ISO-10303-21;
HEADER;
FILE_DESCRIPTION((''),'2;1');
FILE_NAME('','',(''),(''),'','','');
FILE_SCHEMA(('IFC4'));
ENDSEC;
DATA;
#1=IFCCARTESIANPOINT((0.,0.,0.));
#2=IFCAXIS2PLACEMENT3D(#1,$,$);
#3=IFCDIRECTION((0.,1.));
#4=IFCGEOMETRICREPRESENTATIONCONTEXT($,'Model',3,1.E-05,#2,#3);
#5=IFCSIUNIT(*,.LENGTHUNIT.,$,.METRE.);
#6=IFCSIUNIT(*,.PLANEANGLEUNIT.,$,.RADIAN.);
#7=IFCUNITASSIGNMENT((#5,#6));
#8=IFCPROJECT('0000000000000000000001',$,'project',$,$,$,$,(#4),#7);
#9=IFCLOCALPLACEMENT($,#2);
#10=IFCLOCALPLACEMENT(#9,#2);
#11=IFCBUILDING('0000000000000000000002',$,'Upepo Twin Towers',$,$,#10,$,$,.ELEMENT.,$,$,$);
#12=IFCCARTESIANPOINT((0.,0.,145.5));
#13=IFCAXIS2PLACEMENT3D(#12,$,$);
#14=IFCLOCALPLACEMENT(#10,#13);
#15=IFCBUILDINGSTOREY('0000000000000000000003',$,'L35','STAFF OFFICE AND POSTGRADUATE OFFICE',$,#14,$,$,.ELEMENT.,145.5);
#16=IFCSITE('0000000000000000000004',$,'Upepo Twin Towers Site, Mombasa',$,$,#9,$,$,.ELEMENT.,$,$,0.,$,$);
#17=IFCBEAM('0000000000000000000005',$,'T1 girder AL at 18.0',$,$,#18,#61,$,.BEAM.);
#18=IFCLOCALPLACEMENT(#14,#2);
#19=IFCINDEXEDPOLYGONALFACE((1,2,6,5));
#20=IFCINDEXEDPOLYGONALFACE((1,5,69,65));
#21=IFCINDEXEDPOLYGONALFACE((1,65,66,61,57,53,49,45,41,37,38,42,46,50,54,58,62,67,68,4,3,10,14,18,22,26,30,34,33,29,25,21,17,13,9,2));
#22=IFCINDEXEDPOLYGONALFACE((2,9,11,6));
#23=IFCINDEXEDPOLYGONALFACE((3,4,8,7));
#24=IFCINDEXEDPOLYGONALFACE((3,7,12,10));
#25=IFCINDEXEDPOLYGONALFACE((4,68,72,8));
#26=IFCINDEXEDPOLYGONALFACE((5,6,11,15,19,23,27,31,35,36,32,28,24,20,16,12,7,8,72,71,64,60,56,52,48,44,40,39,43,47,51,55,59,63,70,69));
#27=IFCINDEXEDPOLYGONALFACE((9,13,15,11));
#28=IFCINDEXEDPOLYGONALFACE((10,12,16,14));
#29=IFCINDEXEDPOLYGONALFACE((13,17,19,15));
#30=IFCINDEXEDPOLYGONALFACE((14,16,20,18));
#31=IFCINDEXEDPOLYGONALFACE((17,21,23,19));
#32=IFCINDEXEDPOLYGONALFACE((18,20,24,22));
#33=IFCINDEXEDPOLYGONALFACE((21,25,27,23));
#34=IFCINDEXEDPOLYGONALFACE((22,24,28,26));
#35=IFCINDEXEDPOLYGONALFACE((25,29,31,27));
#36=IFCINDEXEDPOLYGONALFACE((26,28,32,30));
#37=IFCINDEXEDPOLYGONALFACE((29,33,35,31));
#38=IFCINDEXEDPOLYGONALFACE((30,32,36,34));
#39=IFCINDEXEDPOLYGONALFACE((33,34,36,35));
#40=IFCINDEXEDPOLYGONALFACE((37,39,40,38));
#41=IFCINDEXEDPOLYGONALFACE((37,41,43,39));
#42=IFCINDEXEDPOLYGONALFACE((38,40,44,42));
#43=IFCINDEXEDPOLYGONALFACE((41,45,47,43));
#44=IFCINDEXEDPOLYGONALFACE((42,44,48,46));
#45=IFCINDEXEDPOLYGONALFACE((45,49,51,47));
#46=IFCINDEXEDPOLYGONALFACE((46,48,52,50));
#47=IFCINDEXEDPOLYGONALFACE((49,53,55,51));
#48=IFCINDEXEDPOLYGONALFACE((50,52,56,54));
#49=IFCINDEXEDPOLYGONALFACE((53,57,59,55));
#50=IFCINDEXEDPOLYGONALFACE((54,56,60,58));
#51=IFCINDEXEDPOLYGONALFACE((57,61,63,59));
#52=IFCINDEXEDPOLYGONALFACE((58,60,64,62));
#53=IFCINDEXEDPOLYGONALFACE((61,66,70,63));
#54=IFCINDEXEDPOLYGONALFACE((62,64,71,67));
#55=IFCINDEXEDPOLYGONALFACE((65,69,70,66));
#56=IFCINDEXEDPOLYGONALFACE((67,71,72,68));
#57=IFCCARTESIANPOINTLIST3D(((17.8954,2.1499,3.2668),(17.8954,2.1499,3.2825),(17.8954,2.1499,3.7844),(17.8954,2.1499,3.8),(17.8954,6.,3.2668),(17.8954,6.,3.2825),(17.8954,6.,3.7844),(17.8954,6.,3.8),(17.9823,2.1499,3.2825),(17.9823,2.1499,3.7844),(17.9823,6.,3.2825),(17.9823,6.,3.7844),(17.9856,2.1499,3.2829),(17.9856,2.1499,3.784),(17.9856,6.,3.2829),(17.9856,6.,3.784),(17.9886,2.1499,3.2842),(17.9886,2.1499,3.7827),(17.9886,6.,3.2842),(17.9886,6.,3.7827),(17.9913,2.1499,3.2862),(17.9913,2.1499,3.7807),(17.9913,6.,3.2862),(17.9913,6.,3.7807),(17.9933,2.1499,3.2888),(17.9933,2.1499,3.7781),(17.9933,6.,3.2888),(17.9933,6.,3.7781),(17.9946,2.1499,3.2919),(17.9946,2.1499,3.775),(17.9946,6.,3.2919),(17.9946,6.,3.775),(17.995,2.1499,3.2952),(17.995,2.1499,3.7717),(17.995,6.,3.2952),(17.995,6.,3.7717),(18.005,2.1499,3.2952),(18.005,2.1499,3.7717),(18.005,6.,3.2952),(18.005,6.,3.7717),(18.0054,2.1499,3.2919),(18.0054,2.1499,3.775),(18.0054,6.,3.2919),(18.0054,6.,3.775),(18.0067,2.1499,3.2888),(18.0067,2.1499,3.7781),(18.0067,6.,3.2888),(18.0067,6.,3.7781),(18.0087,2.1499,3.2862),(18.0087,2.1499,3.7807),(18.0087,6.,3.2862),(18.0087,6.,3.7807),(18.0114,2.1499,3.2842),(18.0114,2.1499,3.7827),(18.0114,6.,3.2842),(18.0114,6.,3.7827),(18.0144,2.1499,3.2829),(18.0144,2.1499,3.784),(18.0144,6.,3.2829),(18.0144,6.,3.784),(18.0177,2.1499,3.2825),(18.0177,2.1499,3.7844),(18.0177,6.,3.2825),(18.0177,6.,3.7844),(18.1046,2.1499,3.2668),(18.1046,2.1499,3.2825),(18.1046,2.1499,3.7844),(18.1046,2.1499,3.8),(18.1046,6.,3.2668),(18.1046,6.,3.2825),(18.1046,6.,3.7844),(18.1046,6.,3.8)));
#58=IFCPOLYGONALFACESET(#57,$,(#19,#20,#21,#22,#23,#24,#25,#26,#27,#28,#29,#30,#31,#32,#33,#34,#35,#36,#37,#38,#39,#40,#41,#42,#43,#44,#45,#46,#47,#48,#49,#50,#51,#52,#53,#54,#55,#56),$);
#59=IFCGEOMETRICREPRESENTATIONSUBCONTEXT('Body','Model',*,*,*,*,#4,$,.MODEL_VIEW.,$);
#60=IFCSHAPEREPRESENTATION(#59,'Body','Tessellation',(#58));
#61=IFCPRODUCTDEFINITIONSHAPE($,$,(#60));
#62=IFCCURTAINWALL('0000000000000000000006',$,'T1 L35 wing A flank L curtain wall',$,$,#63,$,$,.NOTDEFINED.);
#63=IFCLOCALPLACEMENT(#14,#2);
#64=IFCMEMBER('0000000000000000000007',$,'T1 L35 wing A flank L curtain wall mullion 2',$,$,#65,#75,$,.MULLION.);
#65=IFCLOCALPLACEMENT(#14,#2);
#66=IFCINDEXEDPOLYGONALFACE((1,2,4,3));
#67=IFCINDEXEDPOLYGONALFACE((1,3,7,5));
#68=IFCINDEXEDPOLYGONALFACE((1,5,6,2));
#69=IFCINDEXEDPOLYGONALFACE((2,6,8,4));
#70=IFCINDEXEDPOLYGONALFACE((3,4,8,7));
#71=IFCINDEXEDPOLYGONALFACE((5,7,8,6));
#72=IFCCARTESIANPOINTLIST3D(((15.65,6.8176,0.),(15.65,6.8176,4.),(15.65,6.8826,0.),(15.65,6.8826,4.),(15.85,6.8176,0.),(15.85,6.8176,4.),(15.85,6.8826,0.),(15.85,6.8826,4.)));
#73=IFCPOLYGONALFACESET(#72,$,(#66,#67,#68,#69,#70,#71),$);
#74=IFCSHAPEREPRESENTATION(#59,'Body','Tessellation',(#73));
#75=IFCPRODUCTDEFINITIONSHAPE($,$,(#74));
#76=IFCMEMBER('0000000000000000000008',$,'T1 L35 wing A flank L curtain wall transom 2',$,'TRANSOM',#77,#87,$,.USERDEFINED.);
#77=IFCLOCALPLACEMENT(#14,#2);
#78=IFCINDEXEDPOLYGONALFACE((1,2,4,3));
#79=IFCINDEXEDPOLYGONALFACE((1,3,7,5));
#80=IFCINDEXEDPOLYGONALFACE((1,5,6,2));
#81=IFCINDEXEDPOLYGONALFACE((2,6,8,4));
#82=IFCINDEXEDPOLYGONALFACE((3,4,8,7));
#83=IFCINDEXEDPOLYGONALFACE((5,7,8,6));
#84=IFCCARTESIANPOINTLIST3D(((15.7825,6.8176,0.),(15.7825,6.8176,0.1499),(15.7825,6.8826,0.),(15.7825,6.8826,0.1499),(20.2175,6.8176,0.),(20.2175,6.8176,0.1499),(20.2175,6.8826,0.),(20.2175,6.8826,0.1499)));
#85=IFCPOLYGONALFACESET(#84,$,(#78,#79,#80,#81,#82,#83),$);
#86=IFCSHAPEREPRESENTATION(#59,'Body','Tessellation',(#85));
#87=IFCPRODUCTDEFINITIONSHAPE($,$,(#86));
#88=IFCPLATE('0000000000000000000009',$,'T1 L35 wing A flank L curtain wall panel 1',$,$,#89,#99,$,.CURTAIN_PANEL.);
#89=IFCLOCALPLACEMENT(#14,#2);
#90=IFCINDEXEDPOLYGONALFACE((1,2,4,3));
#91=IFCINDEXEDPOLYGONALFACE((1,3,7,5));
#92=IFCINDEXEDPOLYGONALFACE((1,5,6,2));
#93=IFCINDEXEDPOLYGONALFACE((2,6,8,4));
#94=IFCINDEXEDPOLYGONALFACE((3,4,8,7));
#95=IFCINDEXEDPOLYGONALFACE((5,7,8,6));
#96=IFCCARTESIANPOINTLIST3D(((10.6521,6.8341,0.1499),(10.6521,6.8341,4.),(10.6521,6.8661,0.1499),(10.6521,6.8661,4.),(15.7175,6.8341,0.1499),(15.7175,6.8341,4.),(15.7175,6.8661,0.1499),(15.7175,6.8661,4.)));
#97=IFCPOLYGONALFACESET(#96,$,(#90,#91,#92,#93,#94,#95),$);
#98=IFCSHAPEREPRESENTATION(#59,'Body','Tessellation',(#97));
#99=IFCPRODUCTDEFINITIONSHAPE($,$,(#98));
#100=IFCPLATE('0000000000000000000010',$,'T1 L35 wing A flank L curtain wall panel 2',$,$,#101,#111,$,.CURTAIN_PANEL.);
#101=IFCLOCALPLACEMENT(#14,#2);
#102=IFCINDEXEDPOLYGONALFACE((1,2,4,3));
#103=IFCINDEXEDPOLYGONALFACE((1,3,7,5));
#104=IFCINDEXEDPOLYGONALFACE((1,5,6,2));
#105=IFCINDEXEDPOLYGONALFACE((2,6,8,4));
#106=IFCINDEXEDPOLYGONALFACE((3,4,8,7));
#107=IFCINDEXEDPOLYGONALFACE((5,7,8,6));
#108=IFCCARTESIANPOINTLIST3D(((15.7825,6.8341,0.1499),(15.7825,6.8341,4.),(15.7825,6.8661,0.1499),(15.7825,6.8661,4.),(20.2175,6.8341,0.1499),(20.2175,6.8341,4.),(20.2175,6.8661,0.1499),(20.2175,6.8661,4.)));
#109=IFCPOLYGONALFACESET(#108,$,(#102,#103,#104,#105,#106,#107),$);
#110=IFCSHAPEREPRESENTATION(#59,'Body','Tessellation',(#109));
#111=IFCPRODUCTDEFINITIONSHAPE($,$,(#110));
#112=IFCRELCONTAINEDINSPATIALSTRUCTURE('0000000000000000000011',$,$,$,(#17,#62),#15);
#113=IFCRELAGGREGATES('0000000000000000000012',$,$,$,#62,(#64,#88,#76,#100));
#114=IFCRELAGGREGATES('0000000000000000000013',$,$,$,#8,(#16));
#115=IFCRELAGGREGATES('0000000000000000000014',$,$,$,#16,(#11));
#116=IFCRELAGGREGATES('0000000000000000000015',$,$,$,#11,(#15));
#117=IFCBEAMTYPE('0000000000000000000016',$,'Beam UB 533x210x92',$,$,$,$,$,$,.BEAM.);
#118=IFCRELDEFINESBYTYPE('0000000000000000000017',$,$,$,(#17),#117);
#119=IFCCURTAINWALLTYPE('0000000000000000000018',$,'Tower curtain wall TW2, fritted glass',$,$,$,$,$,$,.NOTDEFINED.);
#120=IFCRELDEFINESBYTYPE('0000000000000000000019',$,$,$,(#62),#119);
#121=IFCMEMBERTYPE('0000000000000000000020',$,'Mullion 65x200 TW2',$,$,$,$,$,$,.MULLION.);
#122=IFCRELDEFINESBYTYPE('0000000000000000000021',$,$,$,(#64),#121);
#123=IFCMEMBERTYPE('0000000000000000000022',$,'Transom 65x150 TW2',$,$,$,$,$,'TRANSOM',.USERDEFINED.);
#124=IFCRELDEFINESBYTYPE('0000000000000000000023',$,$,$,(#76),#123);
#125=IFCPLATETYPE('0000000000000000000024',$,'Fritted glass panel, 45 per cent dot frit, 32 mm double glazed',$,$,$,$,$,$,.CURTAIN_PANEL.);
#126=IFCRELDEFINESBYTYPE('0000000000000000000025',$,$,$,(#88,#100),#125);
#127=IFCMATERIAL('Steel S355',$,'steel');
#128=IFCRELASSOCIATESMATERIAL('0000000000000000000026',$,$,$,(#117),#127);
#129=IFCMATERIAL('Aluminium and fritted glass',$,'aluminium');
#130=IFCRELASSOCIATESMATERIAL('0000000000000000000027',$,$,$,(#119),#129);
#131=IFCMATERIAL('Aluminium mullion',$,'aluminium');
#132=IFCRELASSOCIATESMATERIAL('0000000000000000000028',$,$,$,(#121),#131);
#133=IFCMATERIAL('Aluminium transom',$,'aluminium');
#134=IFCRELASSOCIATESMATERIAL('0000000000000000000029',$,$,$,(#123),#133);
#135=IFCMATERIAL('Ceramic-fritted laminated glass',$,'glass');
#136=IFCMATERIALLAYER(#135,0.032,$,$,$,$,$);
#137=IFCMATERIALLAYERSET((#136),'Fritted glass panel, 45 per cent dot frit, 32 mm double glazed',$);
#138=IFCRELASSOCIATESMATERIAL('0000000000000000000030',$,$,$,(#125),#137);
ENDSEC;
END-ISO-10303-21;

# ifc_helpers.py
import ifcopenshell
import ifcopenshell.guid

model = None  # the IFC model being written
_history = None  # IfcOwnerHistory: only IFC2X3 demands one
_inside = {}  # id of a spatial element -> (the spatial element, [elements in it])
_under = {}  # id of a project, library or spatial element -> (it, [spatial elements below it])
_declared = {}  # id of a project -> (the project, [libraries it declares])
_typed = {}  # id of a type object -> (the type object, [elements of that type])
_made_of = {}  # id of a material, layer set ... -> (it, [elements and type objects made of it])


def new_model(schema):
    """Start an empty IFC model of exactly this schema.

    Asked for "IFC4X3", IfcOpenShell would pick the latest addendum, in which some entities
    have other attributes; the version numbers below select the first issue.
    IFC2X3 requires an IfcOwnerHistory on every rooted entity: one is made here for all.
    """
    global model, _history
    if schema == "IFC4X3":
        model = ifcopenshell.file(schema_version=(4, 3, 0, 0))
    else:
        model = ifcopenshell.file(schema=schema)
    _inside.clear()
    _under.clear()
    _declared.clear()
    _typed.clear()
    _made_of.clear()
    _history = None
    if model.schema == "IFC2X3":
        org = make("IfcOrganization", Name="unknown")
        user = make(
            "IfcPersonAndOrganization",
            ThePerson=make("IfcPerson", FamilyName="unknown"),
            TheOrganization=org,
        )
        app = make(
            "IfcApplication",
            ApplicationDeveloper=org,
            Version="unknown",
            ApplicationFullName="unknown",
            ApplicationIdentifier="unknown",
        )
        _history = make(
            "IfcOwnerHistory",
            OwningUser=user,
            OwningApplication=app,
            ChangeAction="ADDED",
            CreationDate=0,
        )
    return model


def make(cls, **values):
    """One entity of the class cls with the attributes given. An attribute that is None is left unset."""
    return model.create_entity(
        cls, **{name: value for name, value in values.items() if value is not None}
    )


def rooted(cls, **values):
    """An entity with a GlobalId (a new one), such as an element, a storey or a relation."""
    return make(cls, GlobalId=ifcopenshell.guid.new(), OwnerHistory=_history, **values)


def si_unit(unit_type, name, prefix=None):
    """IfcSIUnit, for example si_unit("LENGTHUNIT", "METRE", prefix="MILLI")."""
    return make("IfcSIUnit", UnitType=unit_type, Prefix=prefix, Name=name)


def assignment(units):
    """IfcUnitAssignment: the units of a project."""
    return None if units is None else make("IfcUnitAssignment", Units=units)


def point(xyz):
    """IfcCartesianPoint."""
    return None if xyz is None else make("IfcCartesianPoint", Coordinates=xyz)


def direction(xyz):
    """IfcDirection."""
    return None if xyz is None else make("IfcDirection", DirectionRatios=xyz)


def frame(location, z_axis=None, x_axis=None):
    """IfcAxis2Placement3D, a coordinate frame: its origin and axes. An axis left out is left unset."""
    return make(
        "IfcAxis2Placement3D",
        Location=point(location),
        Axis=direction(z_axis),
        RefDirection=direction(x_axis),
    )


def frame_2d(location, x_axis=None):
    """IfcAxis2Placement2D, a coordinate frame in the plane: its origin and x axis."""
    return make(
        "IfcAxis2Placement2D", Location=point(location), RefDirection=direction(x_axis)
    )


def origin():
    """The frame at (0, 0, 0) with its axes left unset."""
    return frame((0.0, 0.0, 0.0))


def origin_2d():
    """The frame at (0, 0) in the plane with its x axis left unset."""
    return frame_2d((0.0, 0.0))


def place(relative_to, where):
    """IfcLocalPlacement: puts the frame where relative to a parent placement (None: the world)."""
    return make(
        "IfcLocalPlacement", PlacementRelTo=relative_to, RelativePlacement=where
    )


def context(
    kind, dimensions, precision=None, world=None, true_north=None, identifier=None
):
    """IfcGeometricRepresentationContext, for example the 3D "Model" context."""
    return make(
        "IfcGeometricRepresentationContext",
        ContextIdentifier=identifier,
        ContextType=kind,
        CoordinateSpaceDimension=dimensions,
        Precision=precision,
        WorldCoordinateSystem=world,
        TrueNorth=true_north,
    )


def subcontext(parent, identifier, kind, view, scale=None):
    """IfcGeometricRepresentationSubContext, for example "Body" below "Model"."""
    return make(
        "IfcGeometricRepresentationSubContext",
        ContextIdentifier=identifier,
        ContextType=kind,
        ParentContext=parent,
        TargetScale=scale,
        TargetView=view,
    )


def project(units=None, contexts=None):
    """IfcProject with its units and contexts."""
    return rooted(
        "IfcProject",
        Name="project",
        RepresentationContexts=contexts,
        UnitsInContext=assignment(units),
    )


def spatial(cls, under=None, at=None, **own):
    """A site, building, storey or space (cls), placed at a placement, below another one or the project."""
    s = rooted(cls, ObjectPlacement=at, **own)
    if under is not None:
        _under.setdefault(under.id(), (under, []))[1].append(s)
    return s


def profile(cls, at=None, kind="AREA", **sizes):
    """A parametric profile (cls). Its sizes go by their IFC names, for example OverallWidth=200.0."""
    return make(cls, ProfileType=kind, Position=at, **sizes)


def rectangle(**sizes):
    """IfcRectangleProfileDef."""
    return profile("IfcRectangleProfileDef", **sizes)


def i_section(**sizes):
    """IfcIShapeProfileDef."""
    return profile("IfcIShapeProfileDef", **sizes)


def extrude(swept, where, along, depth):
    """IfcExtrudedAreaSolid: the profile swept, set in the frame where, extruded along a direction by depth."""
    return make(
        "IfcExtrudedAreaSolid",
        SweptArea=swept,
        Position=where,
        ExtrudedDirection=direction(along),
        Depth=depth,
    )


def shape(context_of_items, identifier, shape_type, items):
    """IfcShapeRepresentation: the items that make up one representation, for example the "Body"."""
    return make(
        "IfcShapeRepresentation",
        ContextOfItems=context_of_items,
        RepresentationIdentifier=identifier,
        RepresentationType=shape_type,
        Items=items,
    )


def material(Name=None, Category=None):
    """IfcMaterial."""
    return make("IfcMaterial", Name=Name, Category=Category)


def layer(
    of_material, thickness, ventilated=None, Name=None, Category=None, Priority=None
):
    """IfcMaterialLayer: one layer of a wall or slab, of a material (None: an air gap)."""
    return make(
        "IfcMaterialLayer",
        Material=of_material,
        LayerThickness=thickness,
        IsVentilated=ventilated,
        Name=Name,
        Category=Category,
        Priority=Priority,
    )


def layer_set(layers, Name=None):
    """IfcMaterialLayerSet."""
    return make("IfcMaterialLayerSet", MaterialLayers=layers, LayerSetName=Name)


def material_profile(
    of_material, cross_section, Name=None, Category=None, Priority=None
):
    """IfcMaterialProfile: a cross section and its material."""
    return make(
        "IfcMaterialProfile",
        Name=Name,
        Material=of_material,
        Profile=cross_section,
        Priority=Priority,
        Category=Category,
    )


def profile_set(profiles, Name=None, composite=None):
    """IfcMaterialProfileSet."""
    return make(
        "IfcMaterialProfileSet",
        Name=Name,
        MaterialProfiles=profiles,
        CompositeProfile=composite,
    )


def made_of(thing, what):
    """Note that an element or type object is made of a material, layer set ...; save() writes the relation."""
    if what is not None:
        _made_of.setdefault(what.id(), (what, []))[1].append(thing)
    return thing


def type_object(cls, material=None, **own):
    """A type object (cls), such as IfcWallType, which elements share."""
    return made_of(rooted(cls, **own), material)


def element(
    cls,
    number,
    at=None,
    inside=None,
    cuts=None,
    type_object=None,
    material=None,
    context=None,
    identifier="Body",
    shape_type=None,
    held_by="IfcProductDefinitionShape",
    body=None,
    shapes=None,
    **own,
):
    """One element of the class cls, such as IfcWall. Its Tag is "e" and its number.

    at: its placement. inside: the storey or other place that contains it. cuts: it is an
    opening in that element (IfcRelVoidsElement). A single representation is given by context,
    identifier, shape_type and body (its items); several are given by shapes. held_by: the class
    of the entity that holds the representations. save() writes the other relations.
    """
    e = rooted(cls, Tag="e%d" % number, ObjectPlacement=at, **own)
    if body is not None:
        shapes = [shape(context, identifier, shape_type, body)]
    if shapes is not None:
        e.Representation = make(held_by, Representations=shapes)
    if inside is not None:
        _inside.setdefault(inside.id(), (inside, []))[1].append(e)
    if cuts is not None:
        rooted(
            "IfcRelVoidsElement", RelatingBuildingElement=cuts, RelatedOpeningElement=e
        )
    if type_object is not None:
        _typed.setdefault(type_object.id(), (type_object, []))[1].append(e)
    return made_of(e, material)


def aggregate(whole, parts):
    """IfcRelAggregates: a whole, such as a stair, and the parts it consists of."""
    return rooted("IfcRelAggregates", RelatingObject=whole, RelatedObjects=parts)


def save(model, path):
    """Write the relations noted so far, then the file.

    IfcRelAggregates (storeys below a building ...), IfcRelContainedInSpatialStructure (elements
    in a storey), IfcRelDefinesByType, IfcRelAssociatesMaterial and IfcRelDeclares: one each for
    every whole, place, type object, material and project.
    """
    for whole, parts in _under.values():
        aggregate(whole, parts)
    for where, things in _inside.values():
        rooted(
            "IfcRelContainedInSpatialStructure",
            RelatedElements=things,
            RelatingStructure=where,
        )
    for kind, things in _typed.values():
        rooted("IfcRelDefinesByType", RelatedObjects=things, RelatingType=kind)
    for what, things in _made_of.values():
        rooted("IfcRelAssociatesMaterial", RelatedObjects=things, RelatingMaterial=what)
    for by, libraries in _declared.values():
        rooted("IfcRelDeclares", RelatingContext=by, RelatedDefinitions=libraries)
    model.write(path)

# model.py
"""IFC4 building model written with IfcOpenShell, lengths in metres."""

from ifc_helpers import new_model, si_unit, direction, frame, origin, origin_2d, place, context, subcontext, project, spatial, rectangle, i_section, extrude, material, layer, layer_set, material_profile, profile_set, type_object, element, aggregate, save


model = new_model("IFC4")

# Units and contexts
model_context = context("Model", 3, precision=1e-05, world=origin(), true_north=direction((0.0, 1.0)))
body_context = subcontext(model_context, "Body", "Model", "MODEL_VIEW")
ifc_project = project(units=[si_unit("LENGTHUNIT", "METRE"), si_unit("PLANEANGLEUNIT", "RADIAN")], contexts=[model_context])

# Site, building, storey
site_placement = place(None, origin())
site = spatial("IfcSite", under=ifc_project, at=site_placement, Name="Upepo Twin Towers Site, Mombasa", CompositionType="ELEMENT", RefElevation=0.0)
building_placement = place(site_placement, origin())
building = spatial("IfcBuilding", under=site, at=building_placement, Name="Upepo Twin Towers", CompositionType="ELEMENT")
storey_placement = place(building_placement, frame((0.0, 0.0, 145.5)))
storey = spatial("IfcBuildingStorey", under=building, at=storey_placement, Name="L35", Description="STAFF OFFICE AND POSTGRADUATE OFFICE", CompositionType="ELEMENT", Elevation=145.5)

# Beam
ifc_material_1 = material(Name="Steel S355", Category="steel")
ifc_material_profile_1 = material_profile(ifc_material_1, i_section(OverallWidth=0.2092, OverallDepth=0.5332, WebThickness=0.01, FlangeThickness=0.0156, FilletRadius=0.0127, at=origin_2d()), Name="UB 533x210x92")
ifc_profile_set_1 = profile_set([ifc_material_profile_1], Name="Steel S355")
beam_type_1 = type_object("IfcBeamType", Name="Beam UB 533x210x92", PredefinedType="BEAM", material=ifc_profile_set_1)
for number, where, z_axis, x_axis, name in (
    (1, (18.0, 6.0, 3.5334), (0.0, -1.0, 0.0), (1.0, 0.0, 0.0), "T1 girder AL at 18.0"),
):
    element("IfcBeam", number, at=place(storey_placement, frame(where, z_axis=z_axis, x_axis=x_axis)), inside=storey, type_object=beam_type_1, Name=name, PredefinedType="BEAM", context=body_context, shape_type="SweptSolid", body=[
        extrude(i_section(OverallWidth=0.2092, OverallDepth=0.5332, WebThickness=0.01, FlangeThickness=0.0156, FilletRadius=0.0127, at=origin_2d()), origin(), (0.0, 0.0, 1.0), 3.8501),
    ])

# Curtain wall, members, plates
ifc_material_2 = material(Name="Aluminium and fritted glass", Category="aluminium")
curtain_wall_type = type_object("IfcCurtainWallType", Name="Tower curtain wall TW2, fritted glass", PredefinedType="NOTDEFINED", material=ifc_material_2)
curtain_wall_placement = place(storey_placement, origin())
curtain_wall = element("IfcCurtainWall", 2, at=curtain_wall_placement, inside=storey, type_object=curtain_wall_type, Name="T1 L35 wing A flank L curtain wall", PredefinedType="NOTDEFINED")
ifc_material_3 = material(Name="Aluminium mullion", Category="aluminium")
ifc_material_profile_2 = material_profile(ifc_material_3, rectangle(XDim=0.0649, YDim=0.2, at=origin_2d()), Name="MULLION 65x200")
ifc_profile_set_2 = profile_set([ifc_material_profile_2], Name="Aluminium mullion")
member_type_1 = type_object("IfcMemberType", Name="Mullion 65x200 TW2", PredefinedType="MULLION", material=ifc_profile_set_2)
member_1_placement = place(storey_placement, frame((15.75, 6.8501, 0.0), z_axis=(0.0, 0.0, 1.0), x_axis=(0.0, 1.0, 0.0)))
member_1 = element("IfcMember", 3, at=member_1_placement, type_object=member_type_1, Name="T1 L35 wing A flank L curtain wall mullion 2", PredefinedType="MULLION", context=body_context, shape_type="SweptSolid", body=[
    extrude(rectangle(XDim=0.0649, YDim=0.2, at=origin_2d()), origin(), (0.0, 0.0, 1.0), 4.0),
])
ifc_material_4 = material(Name="Aluminium transom", Category="aluminium")
ifc_material_profile_3 = material_profile(ifc_material_4, rectangle(XDim=0.0649, YDim=0.1499, at=origin_2d()), Name="TRANSOM 65x150")
ifc_profile_set_3 = profile_set([ifc_material_profile_3], Name="Aluminium transom")
member_type_2 = type_object("IfcMemberType", Name="Transom 65x150 TW2", ElementType="TRANSOM", PredefinedType="USERDEFINED", material=ifc_profile_set_3)
member_2_placement = place(storey_placement, frame((15.7825, 6.8501, 0.075), z_axis=(1.0, 0.0, 0.0), x_axis=(0.0, 1.0, 0.0)))
member_2 = element("IfcMember", 4, at=member_2_placement, type_object=member_type_2, Name="T1 L35 wing A flank L curtain wall transom 2", ObjectType="TRANSOM", PredefinedType="USERDEFINED", context=body_context, shape_type="SweptSolid", body=[
    extrude(rectangle(XDim=0.0649, YDim=0.1499, at=origin_2d()), origin(), (0.0, 0.0, 1.0), 4.4351),
])
ifc_material_5 = material(Name="Ceramic-fritted laminated glass", Category="glass")
ifc_layer_1 = layer(ifc_material_5, 0.032)
ifc_layer_set_1 = layer_set([ifc_layer_1], Name="Fritted glass panel, 45 per cent dot frit, 32 mm double glazed")
plate_type = type_object("IfcPlateType", Name="Fritted glass panel, 45 per cent dot frit, 32 mm double glazed", PredefinedType="CURTAIN_PANEL", material=ifc_layer_set_1)
plate_1_placement = place(storey_placement, frame((13.1848, 6.8501, 0.1499), z_axis=(0.0, 0.0, 1.0), x_axis=(1.0, 0.0, 0.0)))
plate_1 = element("IfcPlate", 5, at=plate_1_placement, type_object=plate_type, Name="T1 L35 wing A flank L curtain wall panel 1", PredefinedType="CURTAIN_PANEL", context=body_context, shape_type="SweptSolid", body=[
    extrude(rectangle(XDim=5.0654, YDim=0.032, at=origin_2d()), origin(), (0.0, 0.0, 1.0), 3.8501),
])
plate_2_placement = place(storey_placement, frame((18.0, 6.8501, 0.1499), z_axis=(0.0, 0.0, 1.0), x_axis=(1.0, 0.0, 0.0)))
plate_2 = element("IfcPlate", 6, at=plate_2_placement, type_object=plate_type, Name="T1 L35 wing A flank L curtain wall panel 2", PredefinedType="CURTAIN_PANEL", context=body_context, shape_type="SweptSolid", body=[
    extrude(rectangle(XDim=4.4351, YDim=0.032, at=origin_2d()), origin(), (0.0, 0.0, 1.0), 3.8501),
])
aggregate(curtain_wall, [member_1, plate_1, member_2, plate_2])

save(model, "model.ifc")
